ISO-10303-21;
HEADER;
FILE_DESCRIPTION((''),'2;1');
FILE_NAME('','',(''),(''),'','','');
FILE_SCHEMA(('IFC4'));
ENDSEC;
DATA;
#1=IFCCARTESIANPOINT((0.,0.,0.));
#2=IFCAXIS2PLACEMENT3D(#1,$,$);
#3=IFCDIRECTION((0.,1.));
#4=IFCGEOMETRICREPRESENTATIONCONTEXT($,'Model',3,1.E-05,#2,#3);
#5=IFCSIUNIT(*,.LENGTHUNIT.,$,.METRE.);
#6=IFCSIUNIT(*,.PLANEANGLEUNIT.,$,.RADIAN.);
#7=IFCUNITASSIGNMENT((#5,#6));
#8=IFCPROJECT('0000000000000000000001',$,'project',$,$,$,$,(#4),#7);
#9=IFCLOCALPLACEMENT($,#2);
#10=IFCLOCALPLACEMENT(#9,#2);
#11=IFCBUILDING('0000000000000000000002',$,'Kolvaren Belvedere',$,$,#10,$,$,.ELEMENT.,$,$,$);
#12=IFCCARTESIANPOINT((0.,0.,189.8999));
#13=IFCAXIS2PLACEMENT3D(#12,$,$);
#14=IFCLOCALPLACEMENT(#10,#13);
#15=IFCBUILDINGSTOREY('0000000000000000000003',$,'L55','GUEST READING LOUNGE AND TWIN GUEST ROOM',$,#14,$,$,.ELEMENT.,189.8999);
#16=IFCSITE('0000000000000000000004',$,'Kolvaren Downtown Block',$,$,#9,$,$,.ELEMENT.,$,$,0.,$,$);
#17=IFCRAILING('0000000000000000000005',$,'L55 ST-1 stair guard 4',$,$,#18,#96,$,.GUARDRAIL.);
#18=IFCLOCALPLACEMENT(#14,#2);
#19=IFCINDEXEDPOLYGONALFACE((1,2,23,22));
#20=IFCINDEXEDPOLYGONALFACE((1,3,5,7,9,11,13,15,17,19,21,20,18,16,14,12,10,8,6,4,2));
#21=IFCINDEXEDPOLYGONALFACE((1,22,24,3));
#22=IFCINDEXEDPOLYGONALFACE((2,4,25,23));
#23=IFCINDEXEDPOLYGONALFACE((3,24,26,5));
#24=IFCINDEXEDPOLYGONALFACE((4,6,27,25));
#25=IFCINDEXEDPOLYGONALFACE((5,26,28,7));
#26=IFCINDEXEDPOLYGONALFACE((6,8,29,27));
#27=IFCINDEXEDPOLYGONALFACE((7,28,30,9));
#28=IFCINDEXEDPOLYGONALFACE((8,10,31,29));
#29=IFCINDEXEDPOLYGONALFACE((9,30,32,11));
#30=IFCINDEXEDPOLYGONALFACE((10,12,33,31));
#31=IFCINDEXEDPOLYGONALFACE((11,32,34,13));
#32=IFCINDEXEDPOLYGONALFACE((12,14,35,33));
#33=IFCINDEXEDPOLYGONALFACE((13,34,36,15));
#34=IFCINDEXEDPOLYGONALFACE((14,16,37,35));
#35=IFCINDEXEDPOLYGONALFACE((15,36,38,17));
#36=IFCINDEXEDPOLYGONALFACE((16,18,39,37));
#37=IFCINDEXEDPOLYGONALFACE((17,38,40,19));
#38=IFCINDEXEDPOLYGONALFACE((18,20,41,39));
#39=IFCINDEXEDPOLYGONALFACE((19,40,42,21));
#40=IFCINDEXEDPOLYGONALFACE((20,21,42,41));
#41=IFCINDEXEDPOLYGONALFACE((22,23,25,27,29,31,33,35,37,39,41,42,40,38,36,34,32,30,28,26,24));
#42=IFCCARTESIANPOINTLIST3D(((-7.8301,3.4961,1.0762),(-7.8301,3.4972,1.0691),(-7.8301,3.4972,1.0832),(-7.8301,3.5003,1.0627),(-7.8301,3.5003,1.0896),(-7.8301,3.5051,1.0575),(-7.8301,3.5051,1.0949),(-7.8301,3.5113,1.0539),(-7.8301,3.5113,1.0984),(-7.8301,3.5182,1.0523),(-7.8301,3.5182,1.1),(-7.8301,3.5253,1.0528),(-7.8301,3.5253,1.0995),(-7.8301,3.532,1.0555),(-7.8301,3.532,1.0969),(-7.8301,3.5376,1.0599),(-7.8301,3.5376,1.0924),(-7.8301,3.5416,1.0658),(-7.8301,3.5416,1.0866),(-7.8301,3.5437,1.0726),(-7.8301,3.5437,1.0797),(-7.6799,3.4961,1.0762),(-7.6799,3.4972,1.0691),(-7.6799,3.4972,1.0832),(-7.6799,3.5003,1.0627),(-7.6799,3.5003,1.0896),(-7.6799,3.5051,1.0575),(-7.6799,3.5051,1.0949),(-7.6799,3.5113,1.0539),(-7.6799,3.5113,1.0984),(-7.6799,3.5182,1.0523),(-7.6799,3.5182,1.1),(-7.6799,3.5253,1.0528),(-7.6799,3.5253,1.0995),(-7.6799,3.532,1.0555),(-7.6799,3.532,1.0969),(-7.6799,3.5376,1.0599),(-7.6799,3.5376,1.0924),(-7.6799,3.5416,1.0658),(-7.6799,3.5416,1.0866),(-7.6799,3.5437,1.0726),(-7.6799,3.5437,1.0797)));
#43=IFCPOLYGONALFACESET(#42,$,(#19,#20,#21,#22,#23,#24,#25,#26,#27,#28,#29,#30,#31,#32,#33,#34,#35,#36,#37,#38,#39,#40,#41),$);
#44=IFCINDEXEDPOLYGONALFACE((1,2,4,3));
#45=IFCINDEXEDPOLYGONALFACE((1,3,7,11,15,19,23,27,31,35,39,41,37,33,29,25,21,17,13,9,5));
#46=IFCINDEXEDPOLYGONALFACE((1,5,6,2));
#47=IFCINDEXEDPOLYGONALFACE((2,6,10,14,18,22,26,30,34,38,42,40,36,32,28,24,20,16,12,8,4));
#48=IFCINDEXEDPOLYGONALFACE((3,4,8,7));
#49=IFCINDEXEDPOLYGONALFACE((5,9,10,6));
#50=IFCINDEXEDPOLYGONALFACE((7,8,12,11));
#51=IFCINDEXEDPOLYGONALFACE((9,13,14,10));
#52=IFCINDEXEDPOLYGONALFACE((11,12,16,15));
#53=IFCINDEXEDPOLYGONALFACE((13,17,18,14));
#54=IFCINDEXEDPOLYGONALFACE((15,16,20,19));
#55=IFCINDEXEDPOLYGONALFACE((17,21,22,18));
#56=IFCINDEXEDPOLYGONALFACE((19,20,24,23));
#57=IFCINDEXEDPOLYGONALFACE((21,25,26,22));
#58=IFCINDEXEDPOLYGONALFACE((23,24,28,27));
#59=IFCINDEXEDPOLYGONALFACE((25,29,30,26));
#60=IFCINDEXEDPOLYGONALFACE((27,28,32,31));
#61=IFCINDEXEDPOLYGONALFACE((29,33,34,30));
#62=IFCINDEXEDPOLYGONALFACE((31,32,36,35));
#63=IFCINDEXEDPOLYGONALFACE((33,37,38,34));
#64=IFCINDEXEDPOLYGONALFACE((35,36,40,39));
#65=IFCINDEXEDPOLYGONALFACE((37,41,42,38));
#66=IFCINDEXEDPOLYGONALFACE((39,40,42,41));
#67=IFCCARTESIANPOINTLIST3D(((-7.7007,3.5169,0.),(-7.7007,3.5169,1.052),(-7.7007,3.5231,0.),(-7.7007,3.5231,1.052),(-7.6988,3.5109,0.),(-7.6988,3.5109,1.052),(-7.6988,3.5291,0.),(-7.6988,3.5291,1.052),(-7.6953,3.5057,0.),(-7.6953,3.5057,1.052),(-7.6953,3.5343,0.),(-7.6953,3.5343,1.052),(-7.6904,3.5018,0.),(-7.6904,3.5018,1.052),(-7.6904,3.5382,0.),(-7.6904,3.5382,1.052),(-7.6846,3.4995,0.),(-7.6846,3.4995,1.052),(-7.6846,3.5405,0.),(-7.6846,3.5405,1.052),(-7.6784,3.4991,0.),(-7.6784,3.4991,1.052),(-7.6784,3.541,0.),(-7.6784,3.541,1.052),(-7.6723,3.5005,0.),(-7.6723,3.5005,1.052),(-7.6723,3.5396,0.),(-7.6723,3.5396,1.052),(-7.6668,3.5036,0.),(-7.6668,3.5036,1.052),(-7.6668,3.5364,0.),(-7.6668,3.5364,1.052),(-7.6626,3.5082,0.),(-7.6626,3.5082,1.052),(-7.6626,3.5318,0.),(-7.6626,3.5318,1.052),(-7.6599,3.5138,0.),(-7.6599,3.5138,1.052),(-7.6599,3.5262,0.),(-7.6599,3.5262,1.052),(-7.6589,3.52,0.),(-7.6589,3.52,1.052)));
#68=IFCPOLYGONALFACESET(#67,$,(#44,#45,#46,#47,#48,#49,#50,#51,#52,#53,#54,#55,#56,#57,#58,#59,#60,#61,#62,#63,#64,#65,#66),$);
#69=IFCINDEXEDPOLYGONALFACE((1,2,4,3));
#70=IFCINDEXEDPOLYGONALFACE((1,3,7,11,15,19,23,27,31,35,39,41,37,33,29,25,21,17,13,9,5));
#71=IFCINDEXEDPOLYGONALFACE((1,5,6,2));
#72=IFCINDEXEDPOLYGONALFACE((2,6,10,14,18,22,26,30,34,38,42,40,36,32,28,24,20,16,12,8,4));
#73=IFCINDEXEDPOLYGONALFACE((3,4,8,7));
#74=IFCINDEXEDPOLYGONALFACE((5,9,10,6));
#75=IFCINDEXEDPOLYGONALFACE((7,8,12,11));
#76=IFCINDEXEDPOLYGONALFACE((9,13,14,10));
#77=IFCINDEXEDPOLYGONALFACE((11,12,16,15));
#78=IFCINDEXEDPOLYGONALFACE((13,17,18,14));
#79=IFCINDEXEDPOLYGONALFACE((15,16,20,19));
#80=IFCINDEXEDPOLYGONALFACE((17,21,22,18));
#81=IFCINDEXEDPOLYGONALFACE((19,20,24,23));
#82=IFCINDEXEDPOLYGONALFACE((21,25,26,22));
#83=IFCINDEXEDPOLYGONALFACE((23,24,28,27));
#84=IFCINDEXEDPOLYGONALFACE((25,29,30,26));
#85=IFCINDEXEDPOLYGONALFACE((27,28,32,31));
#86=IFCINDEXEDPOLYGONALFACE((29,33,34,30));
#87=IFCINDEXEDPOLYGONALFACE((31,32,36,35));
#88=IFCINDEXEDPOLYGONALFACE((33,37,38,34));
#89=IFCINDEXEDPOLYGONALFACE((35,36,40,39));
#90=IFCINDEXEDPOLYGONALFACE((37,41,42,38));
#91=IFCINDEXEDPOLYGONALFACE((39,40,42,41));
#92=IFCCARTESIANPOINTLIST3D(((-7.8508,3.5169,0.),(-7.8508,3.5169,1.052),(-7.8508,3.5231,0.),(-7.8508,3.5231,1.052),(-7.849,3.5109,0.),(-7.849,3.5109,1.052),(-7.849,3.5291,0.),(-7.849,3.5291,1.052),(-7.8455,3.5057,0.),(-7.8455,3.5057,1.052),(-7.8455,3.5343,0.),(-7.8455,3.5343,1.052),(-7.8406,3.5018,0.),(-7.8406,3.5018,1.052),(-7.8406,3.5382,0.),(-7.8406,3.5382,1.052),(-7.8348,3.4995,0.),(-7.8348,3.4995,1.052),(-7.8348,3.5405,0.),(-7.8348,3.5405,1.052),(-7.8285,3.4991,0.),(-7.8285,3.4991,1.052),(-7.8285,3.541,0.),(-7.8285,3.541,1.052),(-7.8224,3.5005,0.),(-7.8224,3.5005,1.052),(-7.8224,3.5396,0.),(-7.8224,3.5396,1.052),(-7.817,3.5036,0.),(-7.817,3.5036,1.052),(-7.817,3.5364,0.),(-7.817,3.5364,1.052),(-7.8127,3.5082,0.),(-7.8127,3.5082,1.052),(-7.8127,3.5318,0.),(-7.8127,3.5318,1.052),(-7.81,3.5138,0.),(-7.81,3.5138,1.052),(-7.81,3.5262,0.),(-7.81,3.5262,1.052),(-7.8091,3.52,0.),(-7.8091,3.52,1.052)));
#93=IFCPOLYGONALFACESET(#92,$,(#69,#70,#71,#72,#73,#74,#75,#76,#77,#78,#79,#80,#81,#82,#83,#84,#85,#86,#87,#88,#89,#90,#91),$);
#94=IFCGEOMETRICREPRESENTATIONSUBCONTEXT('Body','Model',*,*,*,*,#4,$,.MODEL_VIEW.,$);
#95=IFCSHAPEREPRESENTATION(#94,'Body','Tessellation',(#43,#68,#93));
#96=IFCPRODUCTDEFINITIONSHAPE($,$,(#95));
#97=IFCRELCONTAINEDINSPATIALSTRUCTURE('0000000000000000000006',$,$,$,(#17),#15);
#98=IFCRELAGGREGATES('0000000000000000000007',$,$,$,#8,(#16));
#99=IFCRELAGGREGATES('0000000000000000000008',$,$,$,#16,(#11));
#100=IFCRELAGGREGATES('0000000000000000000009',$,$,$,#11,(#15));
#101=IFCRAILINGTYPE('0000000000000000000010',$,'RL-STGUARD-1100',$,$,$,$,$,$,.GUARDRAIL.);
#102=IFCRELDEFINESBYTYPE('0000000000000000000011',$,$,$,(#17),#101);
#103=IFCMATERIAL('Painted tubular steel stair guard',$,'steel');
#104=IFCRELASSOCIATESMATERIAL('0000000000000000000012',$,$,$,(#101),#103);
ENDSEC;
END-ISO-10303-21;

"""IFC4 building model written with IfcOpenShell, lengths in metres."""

from ifc_helpers import new_model, si_unit, direction, frame, origin, origin_2d, place, context, subcontext, project, spatial, circle, extrude, material, type_object, element, save


model = new_model("IFC4")

# Units and contexts
model_context = context("Model", 3, precision=1e-05, world=origin(), true_north=direction((0.0, 1.0)))
body_context = subcontext(model_context, "Body", "Model", "MODEL_VIEW")
ifc_project = project(units=[si_unit("LENGTHUNIT", "METRE"), si_unit("PLANEANGLEUNIT", "RADIAN")], contexts=[model_context])

# Site, building, storey
site_placement = place(None, origin())
site = spatial("IfcSite", under=ifc_project, at=site_placement, Name="Kolvaren Downtown Block", CompositionType="ELEMENT", RefElevation=0.0)
building_placement = place(site_placement, origin())
building = spatial("IfcBuilding", under=site, at=building_placement, Name="Kolvaren Belvedere", CompositionType="ELEMENT")
storey_placement = place(building_placement, frame((0.0, 0.0, 189.8999)))
storey = spatial("IfcBuildingStorey", under=building, at=storey_placement, Name="L55", Description="GUEST READING LOUNGE AND TWIN GUEST ROOM", CompositionType="ELEMENT", Elevation=189.8999)

# Railing
ifc_material_1 = material(Name="Painted tubular steel stair guard", Category="steel")
railing_type_1 = type_object("IfcRailingType", Name="RL-STGUARD-1100", PredefinedType="GUARDRAIL", material=ifc_material_1)
railing_1_placement = place(storey_placement, frame((-7.6799, 3.52, 0.0)))
element("IfcRailing", 1, at=railing_1_placement, inside=storey, type_object=railing_type_1, Name="L55 ST-1 stair guard 4", PredefinedType="GUARDRAIL", context=body_context, shape_type="SweptSolid", body=[
    extrude(circle(Radius=0.0239, at=origin_2d()), frame((0.0, 0.0, 1.0762), z_axis=(-1.0, 0.0, 0.0), x_axis=(0.0, -1.0, 0.0)), (0.0, 0.0, 1.0), 0.1501),
    extrude(circle(Radius=0.021, at=origin_2d()), origin(), (0.0, 0.0, 1.0), 1.052),
    extrude(circle(Radius=0.021, at=origin_2d()), frame((-0.1501, 0.0, 0.0)), (0.0, 0.0, 1.0), 1.052),
])

save(model, "model.ifc")
